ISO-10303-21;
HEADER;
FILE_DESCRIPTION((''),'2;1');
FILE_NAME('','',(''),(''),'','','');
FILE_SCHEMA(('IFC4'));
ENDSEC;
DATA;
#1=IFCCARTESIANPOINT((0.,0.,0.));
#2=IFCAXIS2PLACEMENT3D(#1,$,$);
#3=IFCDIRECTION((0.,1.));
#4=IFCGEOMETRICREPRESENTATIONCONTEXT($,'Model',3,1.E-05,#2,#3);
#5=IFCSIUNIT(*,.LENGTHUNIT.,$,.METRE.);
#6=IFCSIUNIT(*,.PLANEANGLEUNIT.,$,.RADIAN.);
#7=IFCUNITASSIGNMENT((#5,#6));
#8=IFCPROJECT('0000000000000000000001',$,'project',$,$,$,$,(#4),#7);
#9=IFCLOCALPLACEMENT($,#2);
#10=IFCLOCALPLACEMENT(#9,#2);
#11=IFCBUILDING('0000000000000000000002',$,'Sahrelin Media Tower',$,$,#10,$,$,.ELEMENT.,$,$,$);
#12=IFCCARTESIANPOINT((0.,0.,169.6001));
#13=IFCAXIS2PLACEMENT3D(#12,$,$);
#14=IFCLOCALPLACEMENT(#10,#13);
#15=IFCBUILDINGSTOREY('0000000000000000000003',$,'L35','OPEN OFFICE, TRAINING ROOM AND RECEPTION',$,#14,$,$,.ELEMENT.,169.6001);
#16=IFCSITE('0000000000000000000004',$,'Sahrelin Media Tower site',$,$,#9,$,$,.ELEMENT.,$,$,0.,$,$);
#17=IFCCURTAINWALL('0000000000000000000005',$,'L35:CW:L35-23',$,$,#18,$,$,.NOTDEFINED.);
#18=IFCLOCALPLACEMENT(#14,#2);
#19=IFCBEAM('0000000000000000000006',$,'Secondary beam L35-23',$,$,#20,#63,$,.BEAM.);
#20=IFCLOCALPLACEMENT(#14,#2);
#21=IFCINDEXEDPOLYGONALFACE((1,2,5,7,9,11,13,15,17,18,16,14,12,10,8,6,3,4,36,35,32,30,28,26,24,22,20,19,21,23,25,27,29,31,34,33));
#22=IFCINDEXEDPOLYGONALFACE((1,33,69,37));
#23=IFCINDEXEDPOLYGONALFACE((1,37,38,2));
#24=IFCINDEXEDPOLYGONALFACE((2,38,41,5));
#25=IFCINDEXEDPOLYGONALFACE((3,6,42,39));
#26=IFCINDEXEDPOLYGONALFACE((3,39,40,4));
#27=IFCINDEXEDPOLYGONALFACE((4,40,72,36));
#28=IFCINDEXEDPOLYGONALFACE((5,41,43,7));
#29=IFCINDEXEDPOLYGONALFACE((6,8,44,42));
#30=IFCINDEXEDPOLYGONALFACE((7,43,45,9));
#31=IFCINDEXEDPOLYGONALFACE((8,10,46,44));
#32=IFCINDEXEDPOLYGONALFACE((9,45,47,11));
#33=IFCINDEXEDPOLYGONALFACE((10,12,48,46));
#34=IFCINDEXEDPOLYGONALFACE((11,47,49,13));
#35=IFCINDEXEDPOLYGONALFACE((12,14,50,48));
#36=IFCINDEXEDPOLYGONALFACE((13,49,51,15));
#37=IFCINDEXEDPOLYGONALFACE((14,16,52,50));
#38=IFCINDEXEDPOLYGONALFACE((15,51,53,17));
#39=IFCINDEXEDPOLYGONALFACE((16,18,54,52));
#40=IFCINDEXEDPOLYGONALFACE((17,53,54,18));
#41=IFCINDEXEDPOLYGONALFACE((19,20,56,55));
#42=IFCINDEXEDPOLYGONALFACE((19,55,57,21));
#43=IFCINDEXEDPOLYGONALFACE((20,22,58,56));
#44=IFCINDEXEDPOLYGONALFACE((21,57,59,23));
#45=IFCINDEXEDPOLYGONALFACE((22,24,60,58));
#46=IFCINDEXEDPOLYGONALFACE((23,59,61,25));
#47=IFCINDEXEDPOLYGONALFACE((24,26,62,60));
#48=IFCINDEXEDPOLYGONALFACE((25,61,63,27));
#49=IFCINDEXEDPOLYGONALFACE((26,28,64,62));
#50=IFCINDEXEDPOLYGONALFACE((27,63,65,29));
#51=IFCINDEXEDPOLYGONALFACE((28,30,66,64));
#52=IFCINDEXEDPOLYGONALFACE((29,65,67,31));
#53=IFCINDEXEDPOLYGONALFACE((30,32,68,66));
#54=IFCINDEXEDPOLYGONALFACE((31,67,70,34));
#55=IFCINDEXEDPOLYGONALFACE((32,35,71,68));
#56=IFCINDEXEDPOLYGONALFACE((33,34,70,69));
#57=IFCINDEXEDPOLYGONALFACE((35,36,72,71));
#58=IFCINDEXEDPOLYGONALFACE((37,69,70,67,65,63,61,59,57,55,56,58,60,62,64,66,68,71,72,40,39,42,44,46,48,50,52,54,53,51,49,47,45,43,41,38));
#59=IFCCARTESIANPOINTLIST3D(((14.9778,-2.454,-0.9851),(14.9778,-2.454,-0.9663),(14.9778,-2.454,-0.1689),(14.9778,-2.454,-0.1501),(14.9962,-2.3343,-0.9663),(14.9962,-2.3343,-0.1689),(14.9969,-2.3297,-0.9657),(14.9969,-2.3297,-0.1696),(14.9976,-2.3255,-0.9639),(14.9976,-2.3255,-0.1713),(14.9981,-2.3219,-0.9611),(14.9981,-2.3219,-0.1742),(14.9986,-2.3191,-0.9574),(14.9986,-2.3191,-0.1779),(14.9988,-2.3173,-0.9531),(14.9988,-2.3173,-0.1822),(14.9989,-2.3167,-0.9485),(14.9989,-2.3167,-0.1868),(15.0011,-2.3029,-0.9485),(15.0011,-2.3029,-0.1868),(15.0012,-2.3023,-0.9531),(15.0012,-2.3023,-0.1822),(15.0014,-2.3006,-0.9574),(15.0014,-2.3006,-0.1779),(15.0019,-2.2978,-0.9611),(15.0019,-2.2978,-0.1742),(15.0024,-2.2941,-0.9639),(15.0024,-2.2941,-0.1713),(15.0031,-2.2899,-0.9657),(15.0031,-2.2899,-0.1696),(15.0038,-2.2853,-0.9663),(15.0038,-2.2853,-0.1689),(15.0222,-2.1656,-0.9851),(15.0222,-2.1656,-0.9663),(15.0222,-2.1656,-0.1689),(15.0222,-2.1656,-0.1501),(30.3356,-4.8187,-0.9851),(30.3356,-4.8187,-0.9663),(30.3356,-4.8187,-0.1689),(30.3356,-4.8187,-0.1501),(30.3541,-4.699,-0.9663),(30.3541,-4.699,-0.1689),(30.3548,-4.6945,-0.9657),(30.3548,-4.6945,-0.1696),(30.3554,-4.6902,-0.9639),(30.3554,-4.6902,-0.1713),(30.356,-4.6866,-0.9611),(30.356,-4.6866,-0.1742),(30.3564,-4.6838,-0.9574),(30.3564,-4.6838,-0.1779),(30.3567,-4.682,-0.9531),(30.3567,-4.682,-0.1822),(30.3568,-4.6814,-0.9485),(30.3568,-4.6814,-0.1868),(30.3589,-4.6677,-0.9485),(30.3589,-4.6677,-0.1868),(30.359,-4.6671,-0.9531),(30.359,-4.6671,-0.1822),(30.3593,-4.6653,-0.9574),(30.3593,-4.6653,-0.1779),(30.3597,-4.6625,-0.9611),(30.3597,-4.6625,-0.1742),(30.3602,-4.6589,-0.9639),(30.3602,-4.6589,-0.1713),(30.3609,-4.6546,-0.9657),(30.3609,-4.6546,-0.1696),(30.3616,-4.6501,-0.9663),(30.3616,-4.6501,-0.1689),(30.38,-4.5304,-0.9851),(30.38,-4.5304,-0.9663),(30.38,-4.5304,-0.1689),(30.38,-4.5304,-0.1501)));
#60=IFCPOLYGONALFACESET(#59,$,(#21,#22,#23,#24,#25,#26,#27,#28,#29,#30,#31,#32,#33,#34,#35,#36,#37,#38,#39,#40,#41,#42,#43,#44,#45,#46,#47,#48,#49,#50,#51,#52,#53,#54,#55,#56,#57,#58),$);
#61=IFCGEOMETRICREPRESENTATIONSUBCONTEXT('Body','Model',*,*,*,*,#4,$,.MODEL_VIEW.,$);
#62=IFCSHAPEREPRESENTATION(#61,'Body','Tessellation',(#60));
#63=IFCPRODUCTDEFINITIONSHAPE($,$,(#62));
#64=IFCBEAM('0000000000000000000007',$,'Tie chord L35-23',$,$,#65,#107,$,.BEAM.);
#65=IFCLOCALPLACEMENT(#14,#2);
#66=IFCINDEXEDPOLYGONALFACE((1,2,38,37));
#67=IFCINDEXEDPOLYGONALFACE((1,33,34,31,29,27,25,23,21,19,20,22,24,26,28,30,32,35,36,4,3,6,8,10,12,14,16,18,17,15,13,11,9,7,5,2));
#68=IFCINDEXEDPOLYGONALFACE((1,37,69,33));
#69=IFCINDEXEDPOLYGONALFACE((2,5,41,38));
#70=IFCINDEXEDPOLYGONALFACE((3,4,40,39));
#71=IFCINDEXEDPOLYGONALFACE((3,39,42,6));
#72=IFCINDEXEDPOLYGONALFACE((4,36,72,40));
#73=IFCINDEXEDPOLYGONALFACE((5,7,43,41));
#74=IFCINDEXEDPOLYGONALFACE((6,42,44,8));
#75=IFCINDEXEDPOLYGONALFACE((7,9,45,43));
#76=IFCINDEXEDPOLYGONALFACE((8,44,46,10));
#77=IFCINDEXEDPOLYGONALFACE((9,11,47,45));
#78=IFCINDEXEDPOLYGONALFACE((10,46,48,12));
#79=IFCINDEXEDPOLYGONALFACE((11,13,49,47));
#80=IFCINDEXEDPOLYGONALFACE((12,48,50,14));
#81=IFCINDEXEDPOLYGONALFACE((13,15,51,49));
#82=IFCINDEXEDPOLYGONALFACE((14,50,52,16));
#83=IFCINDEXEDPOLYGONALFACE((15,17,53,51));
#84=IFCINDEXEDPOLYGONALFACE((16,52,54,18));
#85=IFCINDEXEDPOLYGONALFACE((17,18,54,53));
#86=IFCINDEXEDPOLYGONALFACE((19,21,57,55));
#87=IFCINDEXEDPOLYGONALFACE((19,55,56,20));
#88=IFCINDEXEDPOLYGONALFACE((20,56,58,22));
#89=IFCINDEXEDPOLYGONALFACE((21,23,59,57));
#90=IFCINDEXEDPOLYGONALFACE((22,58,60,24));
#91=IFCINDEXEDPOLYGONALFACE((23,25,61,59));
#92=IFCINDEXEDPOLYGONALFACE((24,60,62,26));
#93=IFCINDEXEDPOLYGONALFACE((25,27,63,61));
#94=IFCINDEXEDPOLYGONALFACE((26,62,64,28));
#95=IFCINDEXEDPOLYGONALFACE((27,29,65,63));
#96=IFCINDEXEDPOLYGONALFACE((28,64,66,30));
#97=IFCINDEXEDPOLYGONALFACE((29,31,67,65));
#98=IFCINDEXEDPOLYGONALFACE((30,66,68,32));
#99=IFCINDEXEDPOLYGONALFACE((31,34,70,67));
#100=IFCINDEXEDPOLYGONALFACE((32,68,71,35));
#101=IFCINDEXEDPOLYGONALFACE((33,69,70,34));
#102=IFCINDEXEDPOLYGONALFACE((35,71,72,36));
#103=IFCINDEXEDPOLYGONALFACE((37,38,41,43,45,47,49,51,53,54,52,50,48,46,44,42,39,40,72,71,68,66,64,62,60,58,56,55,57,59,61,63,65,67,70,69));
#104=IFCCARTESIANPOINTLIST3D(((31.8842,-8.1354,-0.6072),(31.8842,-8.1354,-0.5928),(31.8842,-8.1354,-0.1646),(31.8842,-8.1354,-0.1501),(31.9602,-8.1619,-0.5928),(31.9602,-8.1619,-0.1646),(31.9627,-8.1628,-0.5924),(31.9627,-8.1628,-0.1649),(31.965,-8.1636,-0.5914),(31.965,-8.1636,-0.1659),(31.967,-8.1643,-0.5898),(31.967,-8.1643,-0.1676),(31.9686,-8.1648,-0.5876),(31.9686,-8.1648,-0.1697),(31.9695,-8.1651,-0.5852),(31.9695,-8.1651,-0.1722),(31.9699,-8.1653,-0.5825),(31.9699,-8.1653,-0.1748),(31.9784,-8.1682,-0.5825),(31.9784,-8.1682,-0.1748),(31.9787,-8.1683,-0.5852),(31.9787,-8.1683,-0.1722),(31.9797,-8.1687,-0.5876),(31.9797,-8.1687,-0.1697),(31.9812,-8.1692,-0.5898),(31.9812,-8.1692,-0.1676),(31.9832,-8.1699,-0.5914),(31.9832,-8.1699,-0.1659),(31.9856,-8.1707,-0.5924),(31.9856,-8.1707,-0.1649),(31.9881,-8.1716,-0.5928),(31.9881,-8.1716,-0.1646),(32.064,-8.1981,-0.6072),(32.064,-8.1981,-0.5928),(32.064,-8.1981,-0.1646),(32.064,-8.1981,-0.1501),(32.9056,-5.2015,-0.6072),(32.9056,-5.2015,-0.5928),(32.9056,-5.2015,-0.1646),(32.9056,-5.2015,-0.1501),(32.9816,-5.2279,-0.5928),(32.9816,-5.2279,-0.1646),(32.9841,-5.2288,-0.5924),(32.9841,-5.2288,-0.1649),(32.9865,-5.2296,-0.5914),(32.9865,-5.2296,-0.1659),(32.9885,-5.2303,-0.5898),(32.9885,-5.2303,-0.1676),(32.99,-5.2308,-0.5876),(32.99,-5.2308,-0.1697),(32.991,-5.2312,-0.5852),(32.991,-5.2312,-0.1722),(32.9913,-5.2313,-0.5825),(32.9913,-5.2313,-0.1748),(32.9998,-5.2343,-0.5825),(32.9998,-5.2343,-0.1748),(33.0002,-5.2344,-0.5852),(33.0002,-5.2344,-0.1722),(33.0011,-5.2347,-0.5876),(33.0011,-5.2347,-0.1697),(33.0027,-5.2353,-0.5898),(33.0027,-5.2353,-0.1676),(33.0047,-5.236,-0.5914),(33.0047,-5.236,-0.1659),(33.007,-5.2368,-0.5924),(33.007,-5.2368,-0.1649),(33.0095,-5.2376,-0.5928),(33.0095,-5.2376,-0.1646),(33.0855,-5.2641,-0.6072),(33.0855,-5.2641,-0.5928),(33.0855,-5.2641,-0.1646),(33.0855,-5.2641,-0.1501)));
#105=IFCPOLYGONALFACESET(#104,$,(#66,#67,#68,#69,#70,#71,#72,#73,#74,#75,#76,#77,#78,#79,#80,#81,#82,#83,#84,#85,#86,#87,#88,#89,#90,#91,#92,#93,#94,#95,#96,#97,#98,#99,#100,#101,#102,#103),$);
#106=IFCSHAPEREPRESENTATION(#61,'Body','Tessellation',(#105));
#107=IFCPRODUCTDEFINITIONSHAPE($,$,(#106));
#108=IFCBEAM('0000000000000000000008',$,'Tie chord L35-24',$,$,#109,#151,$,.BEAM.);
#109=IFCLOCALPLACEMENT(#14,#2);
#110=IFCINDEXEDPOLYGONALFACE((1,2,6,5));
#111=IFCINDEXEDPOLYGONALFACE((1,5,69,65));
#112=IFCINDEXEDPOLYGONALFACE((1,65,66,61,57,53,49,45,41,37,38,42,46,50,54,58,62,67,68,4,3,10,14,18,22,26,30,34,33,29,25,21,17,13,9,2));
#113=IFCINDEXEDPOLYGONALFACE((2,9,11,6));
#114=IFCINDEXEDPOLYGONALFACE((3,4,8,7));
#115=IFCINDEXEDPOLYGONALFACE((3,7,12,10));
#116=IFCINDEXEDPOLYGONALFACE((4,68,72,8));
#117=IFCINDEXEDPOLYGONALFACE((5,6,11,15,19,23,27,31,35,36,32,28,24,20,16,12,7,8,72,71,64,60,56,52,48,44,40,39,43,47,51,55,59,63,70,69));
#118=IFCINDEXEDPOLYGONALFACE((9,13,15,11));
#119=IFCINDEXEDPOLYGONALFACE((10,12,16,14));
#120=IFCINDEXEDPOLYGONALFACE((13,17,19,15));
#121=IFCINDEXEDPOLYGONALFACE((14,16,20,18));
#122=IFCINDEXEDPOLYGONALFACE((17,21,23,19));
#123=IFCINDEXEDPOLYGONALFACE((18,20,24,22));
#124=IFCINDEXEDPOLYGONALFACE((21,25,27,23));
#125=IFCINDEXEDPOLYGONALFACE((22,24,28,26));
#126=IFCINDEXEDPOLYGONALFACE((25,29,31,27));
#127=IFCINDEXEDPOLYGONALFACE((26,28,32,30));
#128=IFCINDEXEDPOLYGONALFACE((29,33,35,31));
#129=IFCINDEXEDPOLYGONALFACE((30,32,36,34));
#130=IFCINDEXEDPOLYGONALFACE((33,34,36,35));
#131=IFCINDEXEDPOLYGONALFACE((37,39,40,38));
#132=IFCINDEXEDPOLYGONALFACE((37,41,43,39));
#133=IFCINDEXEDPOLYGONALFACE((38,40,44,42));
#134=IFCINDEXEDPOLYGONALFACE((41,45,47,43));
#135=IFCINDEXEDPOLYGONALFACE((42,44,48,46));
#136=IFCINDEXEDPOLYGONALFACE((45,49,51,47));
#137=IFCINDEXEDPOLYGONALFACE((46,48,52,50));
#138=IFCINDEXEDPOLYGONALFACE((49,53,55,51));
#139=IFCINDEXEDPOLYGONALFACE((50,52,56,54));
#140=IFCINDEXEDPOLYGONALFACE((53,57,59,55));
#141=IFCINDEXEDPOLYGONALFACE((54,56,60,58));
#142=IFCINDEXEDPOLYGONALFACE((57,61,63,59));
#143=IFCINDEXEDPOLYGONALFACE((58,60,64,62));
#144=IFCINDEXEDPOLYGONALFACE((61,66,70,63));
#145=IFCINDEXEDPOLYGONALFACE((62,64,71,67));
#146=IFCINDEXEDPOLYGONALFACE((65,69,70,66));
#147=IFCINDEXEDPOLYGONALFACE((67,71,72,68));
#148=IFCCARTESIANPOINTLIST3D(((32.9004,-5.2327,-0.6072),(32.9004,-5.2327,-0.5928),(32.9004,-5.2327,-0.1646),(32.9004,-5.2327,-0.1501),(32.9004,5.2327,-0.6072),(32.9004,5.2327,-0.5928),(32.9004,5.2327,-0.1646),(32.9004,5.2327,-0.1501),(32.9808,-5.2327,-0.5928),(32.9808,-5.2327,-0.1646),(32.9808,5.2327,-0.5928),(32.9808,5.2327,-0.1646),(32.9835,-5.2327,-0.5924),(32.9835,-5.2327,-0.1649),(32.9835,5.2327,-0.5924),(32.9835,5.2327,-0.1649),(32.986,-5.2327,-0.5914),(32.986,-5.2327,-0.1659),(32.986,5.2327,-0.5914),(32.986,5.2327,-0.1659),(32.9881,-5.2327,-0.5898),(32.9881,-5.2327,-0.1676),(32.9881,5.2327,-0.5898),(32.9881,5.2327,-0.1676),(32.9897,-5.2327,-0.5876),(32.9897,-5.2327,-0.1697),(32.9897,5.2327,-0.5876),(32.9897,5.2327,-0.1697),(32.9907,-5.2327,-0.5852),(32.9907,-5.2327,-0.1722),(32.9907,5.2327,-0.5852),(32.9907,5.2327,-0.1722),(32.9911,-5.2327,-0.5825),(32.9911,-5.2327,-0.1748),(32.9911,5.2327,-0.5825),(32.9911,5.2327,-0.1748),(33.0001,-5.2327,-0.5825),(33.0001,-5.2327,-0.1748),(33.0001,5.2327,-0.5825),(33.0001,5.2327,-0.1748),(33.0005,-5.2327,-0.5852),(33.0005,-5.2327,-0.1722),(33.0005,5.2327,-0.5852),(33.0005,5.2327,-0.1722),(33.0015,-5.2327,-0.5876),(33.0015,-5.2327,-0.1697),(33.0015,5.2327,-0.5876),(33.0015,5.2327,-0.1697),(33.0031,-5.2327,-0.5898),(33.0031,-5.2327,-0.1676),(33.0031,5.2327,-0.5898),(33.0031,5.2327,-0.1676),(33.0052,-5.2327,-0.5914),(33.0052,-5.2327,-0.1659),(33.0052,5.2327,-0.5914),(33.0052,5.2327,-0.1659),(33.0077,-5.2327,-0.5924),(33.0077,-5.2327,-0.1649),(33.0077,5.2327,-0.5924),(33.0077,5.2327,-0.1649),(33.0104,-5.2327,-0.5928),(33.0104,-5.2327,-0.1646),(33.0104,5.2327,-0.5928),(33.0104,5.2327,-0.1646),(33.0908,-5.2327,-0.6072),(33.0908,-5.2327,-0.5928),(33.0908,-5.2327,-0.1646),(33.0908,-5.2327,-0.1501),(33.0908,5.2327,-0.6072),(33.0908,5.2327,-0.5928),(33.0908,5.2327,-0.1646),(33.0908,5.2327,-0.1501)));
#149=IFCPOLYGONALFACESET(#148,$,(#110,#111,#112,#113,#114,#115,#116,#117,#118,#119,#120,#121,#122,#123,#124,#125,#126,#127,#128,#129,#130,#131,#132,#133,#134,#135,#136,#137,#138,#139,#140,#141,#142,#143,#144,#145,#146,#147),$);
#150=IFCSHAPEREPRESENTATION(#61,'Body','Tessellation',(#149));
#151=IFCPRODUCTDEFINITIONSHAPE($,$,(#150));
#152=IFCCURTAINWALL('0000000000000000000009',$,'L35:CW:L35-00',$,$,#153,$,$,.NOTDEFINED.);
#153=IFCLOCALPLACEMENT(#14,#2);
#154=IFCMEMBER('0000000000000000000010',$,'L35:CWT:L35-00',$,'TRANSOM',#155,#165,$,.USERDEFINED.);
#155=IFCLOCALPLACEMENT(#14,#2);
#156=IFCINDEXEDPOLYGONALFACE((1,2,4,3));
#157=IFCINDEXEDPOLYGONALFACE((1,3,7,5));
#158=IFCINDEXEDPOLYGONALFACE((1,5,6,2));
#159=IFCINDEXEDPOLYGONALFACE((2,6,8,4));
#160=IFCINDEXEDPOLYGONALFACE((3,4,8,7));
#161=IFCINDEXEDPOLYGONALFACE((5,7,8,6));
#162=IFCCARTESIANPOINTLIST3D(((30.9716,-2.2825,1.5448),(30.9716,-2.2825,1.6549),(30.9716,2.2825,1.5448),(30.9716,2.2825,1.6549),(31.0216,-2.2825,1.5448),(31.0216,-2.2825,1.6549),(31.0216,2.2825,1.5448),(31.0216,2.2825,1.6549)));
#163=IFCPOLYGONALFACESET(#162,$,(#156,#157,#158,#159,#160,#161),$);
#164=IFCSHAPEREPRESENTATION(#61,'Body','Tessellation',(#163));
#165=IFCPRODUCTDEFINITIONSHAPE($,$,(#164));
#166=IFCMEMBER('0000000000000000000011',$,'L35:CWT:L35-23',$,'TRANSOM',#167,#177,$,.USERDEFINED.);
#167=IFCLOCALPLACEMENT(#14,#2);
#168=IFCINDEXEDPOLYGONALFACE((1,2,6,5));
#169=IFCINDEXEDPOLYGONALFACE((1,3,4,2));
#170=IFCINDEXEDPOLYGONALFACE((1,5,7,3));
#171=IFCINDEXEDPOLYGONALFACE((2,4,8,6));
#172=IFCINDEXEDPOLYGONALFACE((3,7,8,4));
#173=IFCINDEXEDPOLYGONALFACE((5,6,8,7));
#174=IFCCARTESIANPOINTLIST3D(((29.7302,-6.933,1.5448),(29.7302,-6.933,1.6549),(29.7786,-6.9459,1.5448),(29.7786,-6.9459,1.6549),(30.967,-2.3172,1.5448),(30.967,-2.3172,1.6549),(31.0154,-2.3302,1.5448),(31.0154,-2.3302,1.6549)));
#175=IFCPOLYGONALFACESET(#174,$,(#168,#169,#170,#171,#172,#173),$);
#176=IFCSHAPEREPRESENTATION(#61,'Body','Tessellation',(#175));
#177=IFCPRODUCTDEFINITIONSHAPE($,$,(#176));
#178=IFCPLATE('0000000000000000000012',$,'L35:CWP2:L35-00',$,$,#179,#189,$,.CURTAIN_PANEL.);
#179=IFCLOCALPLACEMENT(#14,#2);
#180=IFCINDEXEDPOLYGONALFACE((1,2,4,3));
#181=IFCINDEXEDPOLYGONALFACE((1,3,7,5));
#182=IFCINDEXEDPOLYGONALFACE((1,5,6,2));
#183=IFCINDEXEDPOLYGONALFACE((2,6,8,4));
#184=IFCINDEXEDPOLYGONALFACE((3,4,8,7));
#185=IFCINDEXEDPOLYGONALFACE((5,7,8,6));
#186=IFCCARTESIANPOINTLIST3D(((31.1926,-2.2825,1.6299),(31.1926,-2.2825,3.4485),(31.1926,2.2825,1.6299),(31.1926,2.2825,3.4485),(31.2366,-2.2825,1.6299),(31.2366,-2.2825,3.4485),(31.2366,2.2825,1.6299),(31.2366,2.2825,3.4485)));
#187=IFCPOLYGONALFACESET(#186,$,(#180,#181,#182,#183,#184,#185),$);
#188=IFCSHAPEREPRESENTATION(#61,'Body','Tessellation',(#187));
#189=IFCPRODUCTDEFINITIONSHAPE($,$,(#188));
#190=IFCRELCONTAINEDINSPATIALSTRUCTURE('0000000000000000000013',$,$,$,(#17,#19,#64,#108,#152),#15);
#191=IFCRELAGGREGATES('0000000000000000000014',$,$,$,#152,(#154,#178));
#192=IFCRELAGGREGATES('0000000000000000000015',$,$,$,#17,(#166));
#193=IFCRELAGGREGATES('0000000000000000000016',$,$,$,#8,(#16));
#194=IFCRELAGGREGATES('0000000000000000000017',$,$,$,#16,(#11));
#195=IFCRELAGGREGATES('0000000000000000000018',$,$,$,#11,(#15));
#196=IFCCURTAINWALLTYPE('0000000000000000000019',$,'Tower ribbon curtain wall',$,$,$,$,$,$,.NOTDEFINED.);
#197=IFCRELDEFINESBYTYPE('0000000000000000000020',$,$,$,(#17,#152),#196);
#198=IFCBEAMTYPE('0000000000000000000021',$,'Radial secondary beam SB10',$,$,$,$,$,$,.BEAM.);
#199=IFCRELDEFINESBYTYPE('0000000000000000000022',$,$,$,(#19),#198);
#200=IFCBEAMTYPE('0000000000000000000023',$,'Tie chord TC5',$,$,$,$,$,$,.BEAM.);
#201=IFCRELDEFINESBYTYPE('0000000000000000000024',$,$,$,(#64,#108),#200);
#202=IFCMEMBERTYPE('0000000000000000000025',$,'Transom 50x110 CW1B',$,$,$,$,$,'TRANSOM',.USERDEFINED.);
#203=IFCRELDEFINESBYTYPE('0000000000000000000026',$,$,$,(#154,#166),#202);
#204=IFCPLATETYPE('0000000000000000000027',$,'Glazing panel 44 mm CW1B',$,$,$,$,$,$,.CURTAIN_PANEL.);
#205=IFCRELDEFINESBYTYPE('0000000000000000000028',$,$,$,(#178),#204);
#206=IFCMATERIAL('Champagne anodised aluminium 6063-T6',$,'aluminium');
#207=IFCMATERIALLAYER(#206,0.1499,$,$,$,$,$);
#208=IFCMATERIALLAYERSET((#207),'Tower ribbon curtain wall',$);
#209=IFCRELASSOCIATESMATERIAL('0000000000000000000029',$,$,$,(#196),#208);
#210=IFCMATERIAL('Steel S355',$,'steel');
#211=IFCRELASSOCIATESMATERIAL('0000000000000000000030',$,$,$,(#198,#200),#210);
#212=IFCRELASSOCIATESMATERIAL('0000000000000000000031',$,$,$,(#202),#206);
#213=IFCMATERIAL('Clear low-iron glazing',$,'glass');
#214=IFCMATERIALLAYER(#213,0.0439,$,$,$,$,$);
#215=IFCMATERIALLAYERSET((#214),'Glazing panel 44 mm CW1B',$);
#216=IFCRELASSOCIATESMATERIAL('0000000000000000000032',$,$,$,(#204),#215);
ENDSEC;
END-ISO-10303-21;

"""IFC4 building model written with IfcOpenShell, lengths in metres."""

from ifc_helpers import new_model, si_unit, direction, frame, origin, origin_2d, place, context, subcontext, project, spatial, polyline, rectangle, i_section, outline, extrude, material, layer, layer_set, material_profile, profile_set, type_object, element, aggregate, save


model = new_model("IFC4")

# Units and contexts
model_context = context("Model", 3, precision=1e-05, world=origin(), true_north=direction((0.0, 1.0)))
body_context = subcontext(model_context, "Body", "Model", "MODEL_VIEW")
ifc_project = project(units=[si_unit("LENGTHUNIT", "METRE"), si_unit("PLANEANGLEUNIT", "RADIAN")], contexts=[model_context])

# Site, building, storey
site_placement = place(None, origin())
site = spatial("IfcSite", under=ifc_project, at=site_placement, Name="Sahrelin Media Tower site", CompositionType="ELEMENT", RefElevation=0.0)
building_placement = place(site_placement, origin())
building = spatial("IfcBuilding", under=site, at=building_placement, Name="Sahrelin Media Tower", CompositionType="ELEMENT")
storey_placement = place(building_placement, frame((0.0, 0.0, 169.6001)))
storey = spatial("IfcBuildingStorey", under=building, at=storey_placement, Name="L35", Description="OPEN OFFICE, TRAINING ROOM AND RECEPTION", CompositionType="ELEMENT", Elevation=169.6001)

# Shared definitions
ifc_material_1 = material(Name="Steel S355", Category="steel")

# Curtain wall
ifc_material_2 = material(Name="Champagne anodised aluminium 6063-T6", Category="aluminium")
ifc_layer_1 = layer(ifc_material_2, 0.1499)
ifc_layer_set_1 = layer_set([ifc_layer_1], Name="Tower ribbon curtain wall")
curtain_wall_type = type_object("IfcCurtainWallType", Name="Tower ribbon curtain wall", PredefinedType="NOTDEFINED", material=ifc_layer_set_1)
curtain_wall_1_placement = place(storey_placement, frame((30.5852, -4.6885, 0.0), z_axis=(0.0, 0.0, 1.0), x_axis=(1.0, 0.0, 0.0)))
curtain_wall_1 = element("IfcCurtainWall", 1, at=curtain_wall_1_placement, inside=storey, type_object=curtain_wall_type, Name="L35:CW:L35-23", PredefinedType="NOTDEFINED")

# Beams
ifc_material_profile_1 = material_profile(ifc_material_1, i_section(OverallWidth=0.2917, OverallDepth=0.835, WebThickness=0.0139, FlangeThickness=0.0188, FilletRadius=0.0178, at=origin_2d()), Name="UB 838x292x176")
ifc_profile_set_1 = profile_set([ifc_material_profile_1], Name="Steel S355")
beam_type_1 = type_object("IfcBeamType", Name="Radial secondary beam SB10", PredefinedType="BEAM", material=ifc_profile_set_1)
beam_1_placement = place(storey_placement, frame((15.0, -2.3098, -0.5676), z_axis=(0.988352, -0.152182, 0.0), x_axis=(0.152182, 0.988352, 0.0)))
element("IfcBeam", 2, at=beam_1_placement, inside=storey, type_object=beam_type_1, Name="Secondary beam L35-23", PredefinedType="BEAM", context=body_context, shape_type="SweptSolid", body=[
    extrude(i_section(OverallWidth=0.2917, OverallDepth=0.835, WebThickness=0.0139, FlangeThickness=0.0188, FilletRadius=0.0178, at=origin_2d()), origin(), (0.0, 0.0, 1.0), 15.5388),
])
ifc_material_profile_2 = material_profile(ifc_material_1, i_section(OverallWidth=0.1904, OverallDepth=0.457, WebThickness=0.009, FlangeThickness=0.0144, FilletRadius=0.0103, at=origin_2d()), Name="UB 457x191x74")
ifc_profile_set_2 = profile_set([ifc_material_profile_2], Name="Steel S355")
beam_type_2 = type_object("IfcBeamType", Name="Tie chord TC5", PredefinedType="BEAM", material=ifc_profile_set_2)
beam_2_placement = place(storey_placement, frame((31.9741, -8.1667, -0.3787), z_axis=(0.328789, 0.944403, 0.0), x_axis=(-0.944403, 0.328789, 0.0)))
element("IfcBeam", 3, at=beam_2_placement, inside=storey, type_object=beam_type_2, Name="Tie chord L35-23", PredefinedType="BEAM", context=body_context, shape_type="SweptSolid", body=[
    extrude(i_section(OverallWidth=0.1904, OverallDepth=0.457, WebThickness=0.009, FlangeThickness=0.0144, FilletRadius=0.0103, at=origin_2d()), origin(), (0.0, 0.0, 1.0), 3.1067),
])
beam_3_placement = place(storey_placement, frame((32.9956, -5.2327, -0.3787), z_axis=(0.0, 1.0, 0.0), x_axis=(-1.0, 0.0, 0.0)))
element("IfcBeam", 4, at=beam_3_placement, inside=storey, type_object=beam_type_2, Name="Tie chord L35-24", PredefinedType="BEAM", context=body_context, shape_type="SweptSolid", body=[
    extrude(i_section(OverallWidth=0.1904, OverallDepth=0.457, WebThickness=0.009, FlangeThickness=0.0144, FilletRadius=0.0103, at=origin_2d()), origin(), (0.0, 0.0, 1.0), 10.4653),
])

# Curtain wall, member
curtain_wall_2_placement = place(storey_placement, frame((31.2166, 0.0, 0.0), z_axis=(0.0, 0.0, 1.0), x_axis=(1.0, 0.0, 0.0)))
curtain_wall_2 = element("IfcCurtainWall", 5, at=curtain_wall_2_placement, inside=storey, type_object=curtain_wall_type, Name="L35:CW:L35-00", PredefinedType="NOTDEFINED")
ifc_material_profile_3 = material_profile(ifc_material_2, rectangle(XDim=0.05, YDim=0.1101, at=origin_2d()), Name="Transom 50x110")
ifc_profile_set_3 = profile_set([ifc_material_profile_3], Name="Champagne anodised aluminium 6063-T6")
member_type_1 = type_object("IfcMemberType", Name="Transom 50x110 CW1B", ElementType="TRANSOM", PredefinedType="USERDEFINED", material=ifc_profile_set_3)
member_1_placement = place(storey_placement, frame((30.9966, -2.2825, 1.5999), z_axis=(0.0, 1.0, 0.0), x_axis=(-1.0, 0.0, 0.0)))
member_1 = element("IfcMember", 6, at=member_1_placement, type_object=member_type_1, Name="L35:CWT:L35-00", ObjectType="TRANSOM", PredefinedType="USERDEFINED", context=body_context, shape_type="SweptSolid", body=[
    extrude(rectangle(XDim=0.05, YDim=0.1101, at=origin_2d()), origin(), (0.0, 0.0, 1.0), 4.5649),
])

# Member
member_2_placement = place(storey_placement, frame((29.7544, -6.9395, 1.5999), z_axis=(0.258826, 0.965924, 0.0), x_axis=(-0.965924, 0.258826, 0.0)))
member_2 = element("IfcMember", 7, at=member_2_placement, type_object=member_type_1, Name="L35:CWT:L35-23", ObjectType="TRANSOM", PredefinedType="USERDEFINED", context=body_context, shape_type="SweptSolid", body=[
    extrude(rectangle(XDim=0.05, YDim=0.1101, at=origin_2d()), origin(), (0.0, 0.0, 1.0), 4.7786),
])

# Plate
ifc_material_3 = material(Name="Clear low-iron glazing", Category="glass")
ifc_layer_2 = layer(ifc_material_3, 0.0439)
ifc_layer_set_2 = layer_set([ifc_layer_2], Name="Glazing panel 44 mm CW1B")
plate_type_1 = type_object("IfcPlateType", Name="Glazing panel 44 mm CW1B", PredefinedType="CURTAIN_PANEL", material=ifc_layer_set_2)
plate_1_placement = place(storey_placement, frame((31.2366, -2.2825, 1.6299), z_axis=(1.0, 0.0, 0.0), x_axis=(0.0, 1.0, 0.0)))
plate_1 = element("IfcPlate", 8, at=plate_1_placement, type_object=plate_type_1, Name="L35:CWP2:L35-00", PredefinedType="CURTAIN_PANEL", context=body_context, shape_type="SweptSolid", body=[
    extrude(outline(polyline([(0.0, 0.0), (4.5649, 0.0), (4.5649, 1.8186), (0.0, 1.8186), (0.0, 0.0)])), origin(), (0.0, 0.0, -1.0), 0.0439),
])
aggregate(curtain_wall_2, [member_1, plate_1])
aggregate(curtain_wall_1, [member_2])

save(model, "model.ifc")
